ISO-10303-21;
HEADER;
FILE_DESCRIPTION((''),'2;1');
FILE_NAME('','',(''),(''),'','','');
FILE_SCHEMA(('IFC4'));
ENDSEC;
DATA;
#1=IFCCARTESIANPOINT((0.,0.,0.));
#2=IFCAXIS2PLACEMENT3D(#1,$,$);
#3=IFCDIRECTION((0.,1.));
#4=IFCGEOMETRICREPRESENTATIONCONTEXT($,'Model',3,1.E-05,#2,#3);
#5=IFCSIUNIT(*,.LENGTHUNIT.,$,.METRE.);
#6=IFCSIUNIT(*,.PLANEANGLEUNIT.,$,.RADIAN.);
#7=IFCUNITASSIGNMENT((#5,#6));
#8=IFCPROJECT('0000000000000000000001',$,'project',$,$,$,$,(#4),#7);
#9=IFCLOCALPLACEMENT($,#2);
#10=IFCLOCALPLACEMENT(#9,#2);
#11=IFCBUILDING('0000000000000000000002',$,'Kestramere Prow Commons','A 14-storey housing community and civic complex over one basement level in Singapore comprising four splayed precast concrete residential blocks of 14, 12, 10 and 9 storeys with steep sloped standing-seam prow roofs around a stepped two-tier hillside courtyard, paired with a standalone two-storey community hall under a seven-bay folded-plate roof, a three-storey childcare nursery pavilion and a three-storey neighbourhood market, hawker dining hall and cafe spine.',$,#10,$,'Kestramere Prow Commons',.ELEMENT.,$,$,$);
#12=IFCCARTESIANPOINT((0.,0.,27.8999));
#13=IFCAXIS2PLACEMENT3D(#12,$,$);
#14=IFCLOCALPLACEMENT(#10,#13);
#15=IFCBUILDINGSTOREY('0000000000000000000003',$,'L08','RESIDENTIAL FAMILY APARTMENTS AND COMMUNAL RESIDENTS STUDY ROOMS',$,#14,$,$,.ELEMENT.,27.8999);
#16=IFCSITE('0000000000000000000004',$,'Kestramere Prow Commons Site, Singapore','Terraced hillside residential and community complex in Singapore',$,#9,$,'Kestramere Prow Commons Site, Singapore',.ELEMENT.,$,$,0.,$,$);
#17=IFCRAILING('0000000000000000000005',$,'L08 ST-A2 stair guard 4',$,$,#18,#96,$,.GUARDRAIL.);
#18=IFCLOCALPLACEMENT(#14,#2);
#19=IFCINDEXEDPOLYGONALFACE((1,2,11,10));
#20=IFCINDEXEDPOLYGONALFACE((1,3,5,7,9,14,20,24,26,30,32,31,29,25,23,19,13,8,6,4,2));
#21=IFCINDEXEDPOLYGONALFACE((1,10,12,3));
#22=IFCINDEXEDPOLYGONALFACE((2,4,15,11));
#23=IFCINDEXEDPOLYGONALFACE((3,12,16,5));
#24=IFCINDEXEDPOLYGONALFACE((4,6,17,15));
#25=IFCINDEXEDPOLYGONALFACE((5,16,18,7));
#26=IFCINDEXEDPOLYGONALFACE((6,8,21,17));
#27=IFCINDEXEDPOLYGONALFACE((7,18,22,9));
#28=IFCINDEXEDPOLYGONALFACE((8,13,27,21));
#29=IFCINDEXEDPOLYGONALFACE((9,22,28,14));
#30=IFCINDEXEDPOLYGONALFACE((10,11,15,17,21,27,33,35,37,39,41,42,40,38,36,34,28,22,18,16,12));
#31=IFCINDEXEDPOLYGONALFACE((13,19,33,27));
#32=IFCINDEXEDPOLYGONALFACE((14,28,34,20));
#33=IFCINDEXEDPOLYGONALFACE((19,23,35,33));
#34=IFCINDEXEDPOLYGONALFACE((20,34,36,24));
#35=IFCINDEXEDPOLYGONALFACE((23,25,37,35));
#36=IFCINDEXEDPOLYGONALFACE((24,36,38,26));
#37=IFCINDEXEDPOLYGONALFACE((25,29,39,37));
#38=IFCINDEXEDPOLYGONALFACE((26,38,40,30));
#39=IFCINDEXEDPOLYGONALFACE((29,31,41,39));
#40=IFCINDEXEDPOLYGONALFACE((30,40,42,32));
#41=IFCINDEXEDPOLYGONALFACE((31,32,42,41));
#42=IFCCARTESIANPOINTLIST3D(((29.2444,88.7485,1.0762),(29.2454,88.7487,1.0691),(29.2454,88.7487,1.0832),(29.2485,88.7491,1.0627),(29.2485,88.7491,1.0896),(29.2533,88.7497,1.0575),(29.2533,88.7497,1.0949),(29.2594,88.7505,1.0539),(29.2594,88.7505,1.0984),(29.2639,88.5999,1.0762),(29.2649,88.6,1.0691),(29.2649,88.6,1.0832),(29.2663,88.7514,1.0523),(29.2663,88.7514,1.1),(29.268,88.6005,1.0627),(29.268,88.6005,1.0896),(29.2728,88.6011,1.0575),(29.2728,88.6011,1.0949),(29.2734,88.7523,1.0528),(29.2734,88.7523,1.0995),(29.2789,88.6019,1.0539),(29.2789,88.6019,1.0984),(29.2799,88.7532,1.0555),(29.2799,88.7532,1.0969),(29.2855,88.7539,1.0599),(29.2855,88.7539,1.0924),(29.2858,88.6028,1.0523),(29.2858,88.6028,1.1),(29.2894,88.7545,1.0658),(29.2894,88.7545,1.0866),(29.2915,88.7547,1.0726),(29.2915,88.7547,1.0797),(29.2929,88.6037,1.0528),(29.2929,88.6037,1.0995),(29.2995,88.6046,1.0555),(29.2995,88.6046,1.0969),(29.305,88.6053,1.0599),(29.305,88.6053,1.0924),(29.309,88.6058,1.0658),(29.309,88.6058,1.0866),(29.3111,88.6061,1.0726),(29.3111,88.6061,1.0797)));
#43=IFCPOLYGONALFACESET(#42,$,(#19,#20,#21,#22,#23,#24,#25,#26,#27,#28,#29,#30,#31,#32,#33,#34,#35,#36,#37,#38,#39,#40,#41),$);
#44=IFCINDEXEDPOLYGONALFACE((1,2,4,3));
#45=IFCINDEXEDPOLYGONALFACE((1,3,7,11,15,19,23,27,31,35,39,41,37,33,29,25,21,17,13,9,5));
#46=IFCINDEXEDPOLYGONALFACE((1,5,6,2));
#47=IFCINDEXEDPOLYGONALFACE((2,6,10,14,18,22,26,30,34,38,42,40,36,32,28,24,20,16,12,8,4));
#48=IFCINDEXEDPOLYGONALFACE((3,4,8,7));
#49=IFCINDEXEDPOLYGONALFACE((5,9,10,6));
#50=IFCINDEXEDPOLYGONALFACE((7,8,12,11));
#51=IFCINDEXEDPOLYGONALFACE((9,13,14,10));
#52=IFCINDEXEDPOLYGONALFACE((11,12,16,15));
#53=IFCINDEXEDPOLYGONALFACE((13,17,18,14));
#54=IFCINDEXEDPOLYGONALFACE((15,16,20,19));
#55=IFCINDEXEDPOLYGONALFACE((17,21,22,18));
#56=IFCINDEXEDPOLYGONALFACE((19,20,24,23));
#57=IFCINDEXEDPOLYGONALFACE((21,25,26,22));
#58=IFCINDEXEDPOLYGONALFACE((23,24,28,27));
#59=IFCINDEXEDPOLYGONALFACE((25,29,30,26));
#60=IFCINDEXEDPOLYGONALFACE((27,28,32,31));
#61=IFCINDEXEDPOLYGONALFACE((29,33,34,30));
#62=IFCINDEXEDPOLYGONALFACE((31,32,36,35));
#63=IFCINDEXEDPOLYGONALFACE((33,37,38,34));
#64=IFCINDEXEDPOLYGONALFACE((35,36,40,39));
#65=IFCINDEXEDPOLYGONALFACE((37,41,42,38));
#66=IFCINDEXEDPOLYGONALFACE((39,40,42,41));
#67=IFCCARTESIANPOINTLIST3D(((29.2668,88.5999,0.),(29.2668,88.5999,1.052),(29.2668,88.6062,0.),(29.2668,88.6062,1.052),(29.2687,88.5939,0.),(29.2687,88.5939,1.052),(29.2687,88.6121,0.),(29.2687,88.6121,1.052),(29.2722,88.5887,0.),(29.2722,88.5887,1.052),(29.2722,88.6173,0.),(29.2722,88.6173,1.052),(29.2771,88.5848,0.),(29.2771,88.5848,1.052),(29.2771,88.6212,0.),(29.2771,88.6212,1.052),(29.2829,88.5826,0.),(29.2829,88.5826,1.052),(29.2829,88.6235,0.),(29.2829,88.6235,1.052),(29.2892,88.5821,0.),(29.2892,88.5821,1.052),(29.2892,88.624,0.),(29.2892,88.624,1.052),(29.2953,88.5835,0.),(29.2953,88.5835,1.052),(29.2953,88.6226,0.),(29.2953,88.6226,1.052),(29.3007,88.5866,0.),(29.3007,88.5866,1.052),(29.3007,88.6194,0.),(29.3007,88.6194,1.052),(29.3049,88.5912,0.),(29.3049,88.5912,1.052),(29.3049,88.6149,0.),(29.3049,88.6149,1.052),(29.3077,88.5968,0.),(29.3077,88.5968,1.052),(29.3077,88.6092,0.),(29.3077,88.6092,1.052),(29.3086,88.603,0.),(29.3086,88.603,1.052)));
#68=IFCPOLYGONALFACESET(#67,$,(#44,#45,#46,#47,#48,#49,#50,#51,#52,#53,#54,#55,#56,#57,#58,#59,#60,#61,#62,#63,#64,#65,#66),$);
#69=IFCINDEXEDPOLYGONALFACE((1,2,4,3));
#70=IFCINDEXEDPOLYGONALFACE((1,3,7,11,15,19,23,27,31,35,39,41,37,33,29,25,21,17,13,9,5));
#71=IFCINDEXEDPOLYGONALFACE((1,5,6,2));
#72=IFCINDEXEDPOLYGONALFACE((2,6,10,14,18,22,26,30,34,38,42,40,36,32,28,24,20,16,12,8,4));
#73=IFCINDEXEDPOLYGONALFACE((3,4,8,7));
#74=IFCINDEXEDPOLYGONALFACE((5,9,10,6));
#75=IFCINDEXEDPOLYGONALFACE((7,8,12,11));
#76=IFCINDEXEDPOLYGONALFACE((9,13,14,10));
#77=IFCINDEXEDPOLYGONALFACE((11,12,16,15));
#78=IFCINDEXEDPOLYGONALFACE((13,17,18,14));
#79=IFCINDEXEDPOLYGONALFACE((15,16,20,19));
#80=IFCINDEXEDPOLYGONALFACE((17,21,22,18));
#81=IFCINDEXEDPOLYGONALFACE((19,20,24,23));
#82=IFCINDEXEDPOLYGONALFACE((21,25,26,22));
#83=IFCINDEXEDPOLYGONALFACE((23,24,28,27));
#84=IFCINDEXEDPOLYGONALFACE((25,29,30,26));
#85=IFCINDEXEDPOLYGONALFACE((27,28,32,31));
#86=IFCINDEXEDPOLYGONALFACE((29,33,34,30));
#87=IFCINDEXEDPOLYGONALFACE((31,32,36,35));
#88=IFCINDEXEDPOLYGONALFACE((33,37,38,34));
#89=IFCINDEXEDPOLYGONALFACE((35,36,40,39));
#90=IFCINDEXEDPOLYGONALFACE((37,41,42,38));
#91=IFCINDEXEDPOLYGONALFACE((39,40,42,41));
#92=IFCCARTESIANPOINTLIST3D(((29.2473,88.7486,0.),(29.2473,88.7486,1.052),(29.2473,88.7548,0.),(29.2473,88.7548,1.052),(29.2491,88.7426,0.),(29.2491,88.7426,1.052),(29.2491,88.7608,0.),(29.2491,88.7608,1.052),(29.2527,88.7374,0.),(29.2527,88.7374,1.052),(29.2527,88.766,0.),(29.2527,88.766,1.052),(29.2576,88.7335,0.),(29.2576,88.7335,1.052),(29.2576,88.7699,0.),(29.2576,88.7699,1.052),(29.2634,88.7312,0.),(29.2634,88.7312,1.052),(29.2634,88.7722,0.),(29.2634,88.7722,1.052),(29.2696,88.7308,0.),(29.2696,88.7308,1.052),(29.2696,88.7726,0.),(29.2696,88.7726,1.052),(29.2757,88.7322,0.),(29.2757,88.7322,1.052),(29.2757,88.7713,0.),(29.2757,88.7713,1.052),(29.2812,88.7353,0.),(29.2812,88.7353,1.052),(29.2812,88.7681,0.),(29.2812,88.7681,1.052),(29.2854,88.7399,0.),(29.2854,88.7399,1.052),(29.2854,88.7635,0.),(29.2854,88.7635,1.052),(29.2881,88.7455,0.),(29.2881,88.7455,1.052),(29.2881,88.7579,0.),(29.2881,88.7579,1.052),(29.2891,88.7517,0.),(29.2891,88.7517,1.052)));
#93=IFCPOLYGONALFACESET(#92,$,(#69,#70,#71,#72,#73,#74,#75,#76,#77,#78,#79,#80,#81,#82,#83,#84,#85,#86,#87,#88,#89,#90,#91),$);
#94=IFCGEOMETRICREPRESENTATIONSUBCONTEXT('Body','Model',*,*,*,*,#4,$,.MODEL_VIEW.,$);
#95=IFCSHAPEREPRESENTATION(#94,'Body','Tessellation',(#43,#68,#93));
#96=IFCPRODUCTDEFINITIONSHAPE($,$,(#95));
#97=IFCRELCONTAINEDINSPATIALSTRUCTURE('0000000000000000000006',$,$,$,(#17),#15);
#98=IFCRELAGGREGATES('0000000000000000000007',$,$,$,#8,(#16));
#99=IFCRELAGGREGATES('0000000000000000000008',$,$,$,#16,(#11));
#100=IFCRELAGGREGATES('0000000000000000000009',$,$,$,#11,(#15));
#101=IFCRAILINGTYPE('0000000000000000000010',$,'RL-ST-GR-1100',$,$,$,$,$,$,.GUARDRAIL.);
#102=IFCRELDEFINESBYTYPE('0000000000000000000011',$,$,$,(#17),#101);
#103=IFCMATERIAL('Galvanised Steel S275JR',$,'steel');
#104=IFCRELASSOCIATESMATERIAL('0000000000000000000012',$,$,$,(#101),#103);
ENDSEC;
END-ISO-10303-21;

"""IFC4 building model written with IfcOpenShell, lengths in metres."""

from ifc_helpers import new_model, si_unit, direction, frame, origin, origin_2d, place, context, subcontext, project, spatial, circle, extrude, material, type_object, element, save


model = new_model("IFC4")

# Units and contexts
model_context = context("Model", 3, precision=1e-05, world=origin(), true_north=direction((0.0, 1.0)))
body_context = subcontext(model_context, "Body", "Model", "MODEL_VIEW")
ifc_project = project(units=[si_unit("LENGTHUNIT", "METRE"), si_unit("PLANEANGLEUNIT", "RADIAN")], contexts=[model_context])

# Site, building, storey
site_placement = place(None, origin())
site = spatial("IfcSite", under=ifc_project, at=site_placement, Name="Kestramere Prow Commons Site, Singapore", Description="Terraced hillside residential and community complex in Singapore", LongName="Kestramere Prow Commons Site, Singapore", CompositionType="ELEMENT", RefElevation=0.0)
building_placement = place(site_placement, origin())
building = spatial("IfcBuilding", under=site, at=building_placement, Name="Kestramere Prow Commons", Description="A 14-storey housing community and civic complex over one basement level in Singapore comprising four splayed precast concrete residential blocks of 14, 12, 10 and 9 storeys with steep sloped standing-seam prow roofs around a stepped two-tier hillside courtyard, paired with a standalone two-storey community hall under a seven-bay folded-plate roof, a three-storey childcare nursery pavilion and a three-storey neighbourhood market, hawker dining hall and cafe spine.", LongName="Kestramere Prow Commons", CompositionType="ELEMENT")
storey_placement = place(building_placement, frame((0.0, 0.0, 27.8999)))
storey = spatial("IfcBuildingStorey", under=building, at=storey_placement, Name="L08", Description="RESIDENTIAL FAMILY APARTMENTS AND COMMUNAL RESIDENTS STUDY ROOMS", CompositionType="ELEMENT", Elevation=27.8999)

# Railing
ifc_material_1 = material(Name="Galvanised Steel S275JR", Category="steel")
railing_type_1 = type_object("IfcRailingType", Name="RL-ST-GR-1100", PredefinedType="GUARDRAIL", material=ifc_material_1)
railing_1_placement = place(storey_placement, frame((29.2876, 88.603, 0.0)))
element("IfcRailing", 1, at=railing_1_placement, inside=storey, type_object=railing_type_1, Name="L08 ST-A2 stair guard 4", PredefinedType="GUARDRAIL", context=body_context, shape_type="SweptSolid", body=[
    extrude(circle(Radius=0.0239, at=origin_2d()), frame((0.0, 0.0, 1.0762), z_axis=(-0.130244, 0.991482, 0.0), x_axis=(-0.991482, -0.130244, 0.0)), (0.0, 0.0, 1.0), 0.1499),
    extrude(circle(Radius=0.021, at=origin_2d()), origin(), (0.0, 0.0, 1.0), 1.052),
    extrude(circle(Radius=0.021, at=origin_2d()), frame((-0.0195, 0.1487, 0.0)), (0.0, 0.0, 1.0), 1.052),
])

save(model, "model.ifc")
